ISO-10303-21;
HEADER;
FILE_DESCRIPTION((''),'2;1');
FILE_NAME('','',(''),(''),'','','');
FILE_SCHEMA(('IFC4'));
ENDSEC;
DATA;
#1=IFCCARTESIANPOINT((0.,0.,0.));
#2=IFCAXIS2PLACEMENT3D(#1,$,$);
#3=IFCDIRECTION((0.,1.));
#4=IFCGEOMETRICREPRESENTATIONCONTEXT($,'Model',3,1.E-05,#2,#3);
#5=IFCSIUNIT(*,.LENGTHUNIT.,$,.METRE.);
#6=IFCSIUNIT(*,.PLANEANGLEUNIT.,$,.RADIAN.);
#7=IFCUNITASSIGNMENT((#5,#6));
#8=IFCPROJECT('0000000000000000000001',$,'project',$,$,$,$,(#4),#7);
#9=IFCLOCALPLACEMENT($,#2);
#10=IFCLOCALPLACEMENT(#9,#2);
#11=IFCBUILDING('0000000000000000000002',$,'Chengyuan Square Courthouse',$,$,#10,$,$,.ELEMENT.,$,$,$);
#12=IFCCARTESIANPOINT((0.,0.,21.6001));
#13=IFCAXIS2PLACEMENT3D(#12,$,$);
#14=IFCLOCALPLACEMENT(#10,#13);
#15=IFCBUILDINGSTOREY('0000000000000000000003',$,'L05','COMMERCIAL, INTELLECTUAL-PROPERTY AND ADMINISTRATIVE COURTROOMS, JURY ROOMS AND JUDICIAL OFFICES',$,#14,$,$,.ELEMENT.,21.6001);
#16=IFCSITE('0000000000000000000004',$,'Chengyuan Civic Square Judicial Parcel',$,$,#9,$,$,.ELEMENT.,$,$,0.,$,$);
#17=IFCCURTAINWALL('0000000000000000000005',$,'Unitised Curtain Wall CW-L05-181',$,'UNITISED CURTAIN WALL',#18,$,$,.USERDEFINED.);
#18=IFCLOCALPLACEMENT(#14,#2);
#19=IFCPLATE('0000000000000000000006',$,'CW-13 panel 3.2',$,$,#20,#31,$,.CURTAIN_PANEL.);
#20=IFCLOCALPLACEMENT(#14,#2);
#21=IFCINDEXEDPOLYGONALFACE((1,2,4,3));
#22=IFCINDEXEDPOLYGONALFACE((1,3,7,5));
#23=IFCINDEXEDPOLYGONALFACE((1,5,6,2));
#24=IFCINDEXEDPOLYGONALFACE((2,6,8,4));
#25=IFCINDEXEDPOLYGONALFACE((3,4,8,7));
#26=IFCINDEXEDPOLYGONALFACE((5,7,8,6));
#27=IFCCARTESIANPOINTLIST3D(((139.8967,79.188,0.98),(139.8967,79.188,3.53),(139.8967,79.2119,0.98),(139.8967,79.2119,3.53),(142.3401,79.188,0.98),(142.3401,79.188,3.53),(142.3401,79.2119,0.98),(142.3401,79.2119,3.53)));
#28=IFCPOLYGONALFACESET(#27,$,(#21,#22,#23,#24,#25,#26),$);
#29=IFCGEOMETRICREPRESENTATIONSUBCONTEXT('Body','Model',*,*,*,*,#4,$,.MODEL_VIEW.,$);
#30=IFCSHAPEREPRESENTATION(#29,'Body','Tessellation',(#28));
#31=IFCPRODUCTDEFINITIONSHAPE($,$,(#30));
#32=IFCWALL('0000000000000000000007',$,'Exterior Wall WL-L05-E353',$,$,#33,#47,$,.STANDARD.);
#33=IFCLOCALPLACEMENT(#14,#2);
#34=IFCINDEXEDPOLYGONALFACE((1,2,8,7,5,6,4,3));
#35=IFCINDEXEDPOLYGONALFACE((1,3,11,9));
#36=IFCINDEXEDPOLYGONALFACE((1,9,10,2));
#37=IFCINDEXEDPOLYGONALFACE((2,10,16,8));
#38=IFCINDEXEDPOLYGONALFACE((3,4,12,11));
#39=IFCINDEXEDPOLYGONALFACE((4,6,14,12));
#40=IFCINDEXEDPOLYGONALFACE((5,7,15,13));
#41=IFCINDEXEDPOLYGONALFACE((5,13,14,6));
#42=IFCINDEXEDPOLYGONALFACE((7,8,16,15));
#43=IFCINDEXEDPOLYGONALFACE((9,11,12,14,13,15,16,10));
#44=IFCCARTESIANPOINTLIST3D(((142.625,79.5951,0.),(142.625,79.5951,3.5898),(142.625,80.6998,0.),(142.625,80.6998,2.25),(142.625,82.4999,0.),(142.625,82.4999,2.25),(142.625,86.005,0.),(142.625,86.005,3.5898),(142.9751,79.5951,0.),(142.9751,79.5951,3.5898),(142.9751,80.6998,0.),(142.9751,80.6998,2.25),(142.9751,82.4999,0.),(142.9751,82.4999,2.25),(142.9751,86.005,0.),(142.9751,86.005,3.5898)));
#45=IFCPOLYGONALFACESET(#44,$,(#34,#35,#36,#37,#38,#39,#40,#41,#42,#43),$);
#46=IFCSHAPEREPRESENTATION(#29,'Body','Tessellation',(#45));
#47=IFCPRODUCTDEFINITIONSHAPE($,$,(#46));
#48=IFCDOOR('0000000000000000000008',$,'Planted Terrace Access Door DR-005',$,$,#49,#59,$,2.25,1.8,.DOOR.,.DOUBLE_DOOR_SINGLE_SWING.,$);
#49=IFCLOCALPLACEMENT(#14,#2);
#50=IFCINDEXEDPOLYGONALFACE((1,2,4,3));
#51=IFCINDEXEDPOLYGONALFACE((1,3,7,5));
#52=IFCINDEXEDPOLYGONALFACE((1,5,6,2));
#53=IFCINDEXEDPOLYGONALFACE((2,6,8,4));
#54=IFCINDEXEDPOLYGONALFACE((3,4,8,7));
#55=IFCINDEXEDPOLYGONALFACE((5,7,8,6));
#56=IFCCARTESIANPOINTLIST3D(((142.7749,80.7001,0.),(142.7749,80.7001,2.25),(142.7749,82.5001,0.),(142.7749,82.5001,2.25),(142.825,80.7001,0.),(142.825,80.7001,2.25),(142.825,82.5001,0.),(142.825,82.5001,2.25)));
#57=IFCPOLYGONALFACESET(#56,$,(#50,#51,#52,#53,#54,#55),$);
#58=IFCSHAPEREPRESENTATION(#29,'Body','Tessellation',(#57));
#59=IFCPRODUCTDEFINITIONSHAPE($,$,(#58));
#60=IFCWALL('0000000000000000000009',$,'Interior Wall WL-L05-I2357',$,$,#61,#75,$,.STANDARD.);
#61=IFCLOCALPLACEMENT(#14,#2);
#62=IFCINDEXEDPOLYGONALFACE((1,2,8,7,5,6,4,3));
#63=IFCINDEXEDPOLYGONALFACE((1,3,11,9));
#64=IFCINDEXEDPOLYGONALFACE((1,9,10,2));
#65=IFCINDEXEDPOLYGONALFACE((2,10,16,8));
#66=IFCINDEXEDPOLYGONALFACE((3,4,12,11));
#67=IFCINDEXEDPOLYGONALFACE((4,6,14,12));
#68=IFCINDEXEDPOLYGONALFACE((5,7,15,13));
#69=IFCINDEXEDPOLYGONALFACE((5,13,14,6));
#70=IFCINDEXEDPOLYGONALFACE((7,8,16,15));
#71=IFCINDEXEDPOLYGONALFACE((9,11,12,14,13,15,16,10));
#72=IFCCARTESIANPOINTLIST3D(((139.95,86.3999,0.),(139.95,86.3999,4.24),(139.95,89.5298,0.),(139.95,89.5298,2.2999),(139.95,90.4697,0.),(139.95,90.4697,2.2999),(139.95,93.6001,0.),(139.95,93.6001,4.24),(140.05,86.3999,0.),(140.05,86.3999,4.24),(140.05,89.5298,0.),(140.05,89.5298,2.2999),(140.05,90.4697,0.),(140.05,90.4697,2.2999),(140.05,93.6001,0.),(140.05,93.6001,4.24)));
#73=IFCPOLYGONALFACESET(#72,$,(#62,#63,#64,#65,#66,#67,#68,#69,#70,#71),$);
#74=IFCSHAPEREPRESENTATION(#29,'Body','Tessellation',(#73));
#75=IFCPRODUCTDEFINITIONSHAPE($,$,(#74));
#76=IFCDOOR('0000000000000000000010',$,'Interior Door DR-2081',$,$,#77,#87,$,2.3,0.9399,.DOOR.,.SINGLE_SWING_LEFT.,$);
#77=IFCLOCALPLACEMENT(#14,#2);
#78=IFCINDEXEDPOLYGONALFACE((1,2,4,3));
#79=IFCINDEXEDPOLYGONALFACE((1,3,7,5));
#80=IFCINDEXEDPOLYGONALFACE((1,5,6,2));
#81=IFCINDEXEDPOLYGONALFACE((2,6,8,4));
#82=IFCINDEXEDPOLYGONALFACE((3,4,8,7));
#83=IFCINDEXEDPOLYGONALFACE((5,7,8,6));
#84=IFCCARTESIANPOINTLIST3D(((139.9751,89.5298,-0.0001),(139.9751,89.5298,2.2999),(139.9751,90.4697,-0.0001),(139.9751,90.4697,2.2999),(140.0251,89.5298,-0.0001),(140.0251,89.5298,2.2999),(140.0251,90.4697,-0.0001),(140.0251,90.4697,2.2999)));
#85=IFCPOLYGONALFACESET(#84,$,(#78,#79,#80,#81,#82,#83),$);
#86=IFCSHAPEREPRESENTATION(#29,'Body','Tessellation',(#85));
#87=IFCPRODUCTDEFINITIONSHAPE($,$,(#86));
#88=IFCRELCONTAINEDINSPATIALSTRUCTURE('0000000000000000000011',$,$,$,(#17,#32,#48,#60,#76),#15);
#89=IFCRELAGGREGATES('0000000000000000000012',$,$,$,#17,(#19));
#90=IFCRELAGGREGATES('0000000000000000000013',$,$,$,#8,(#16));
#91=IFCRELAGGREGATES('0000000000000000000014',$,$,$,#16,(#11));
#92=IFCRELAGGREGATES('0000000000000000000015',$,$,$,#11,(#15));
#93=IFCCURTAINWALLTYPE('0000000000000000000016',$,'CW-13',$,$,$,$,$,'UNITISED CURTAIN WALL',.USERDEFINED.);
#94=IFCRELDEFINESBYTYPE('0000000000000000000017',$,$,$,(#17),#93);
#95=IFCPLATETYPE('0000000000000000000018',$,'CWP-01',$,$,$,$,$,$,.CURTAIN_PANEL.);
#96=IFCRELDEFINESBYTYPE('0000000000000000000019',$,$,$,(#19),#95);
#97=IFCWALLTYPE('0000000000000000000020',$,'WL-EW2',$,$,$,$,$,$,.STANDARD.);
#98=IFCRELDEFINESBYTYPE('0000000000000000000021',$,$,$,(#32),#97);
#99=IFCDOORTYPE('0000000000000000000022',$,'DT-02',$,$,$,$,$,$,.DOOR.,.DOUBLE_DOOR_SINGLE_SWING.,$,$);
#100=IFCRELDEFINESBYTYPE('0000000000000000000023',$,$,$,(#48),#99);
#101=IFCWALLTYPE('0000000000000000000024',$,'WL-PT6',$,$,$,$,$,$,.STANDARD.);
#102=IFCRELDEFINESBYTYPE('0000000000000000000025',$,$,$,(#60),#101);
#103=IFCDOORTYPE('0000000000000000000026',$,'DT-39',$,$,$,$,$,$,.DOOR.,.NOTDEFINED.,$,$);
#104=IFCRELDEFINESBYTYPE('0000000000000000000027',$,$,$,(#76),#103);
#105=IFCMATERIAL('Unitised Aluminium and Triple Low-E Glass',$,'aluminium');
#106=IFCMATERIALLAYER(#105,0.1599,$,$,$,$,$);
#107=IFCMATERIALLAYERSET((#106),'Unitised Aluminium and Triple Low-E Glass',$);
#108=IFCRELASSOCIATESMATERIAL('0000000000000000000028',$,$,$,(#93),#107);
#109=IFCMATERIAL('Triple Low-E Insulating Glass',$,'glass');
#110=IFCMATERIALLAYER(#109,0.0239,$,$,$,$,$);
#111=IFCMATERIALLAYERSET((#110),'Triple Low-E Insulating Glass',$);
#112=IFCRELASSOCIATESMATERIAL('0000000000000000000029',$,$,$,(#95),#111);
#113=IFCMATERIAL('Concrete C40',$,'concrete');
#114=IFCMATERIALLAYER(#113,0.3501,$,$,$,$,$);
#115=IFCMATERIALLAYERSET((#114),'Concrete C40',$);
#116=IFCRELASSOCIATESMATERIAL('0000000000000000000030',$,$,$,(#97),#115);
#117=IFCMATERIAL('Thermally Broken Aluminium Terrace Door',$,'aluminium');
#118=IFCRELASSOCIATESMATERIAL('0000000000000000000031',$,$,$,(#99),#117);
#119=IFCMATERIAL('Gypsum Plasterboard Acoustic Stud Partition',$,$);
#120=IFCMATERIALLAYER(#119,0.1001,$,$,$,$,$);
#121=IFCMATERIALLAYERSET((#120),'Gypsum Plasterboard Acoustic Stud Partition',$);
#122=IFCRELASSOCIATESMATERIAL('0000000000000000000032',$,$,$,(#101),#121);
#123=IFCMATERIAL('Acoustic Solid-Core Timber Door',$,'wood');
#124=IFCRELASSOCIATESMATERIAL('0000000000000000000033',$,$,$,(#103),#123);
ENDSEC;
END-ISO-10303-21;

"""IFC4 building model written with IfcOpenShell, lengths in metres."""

from ifc_helpers import new_model, si_unit, direction, frame, frame_2d, origin, origin_2d, place, context, subcontext, project, spatial, rectangle, extrude, material, layer, layer_set, type_object, element, fill, aggregate, save


model = new_model("IFC4")

# Units and contexts
model_context = context("Model", 3, precision=1e-05, world=origin(), true_north=direction((0.0, 1.0)))
body_context = subcontext(model_context, "Body", "Model", "MODEL_VIEW")
ifc_project = project(units=[si_unit("LENGTHUNIT", "METRE"), si_unit("PLANEANGLEUNIT", "RADIAN")], contexts=[model_context])

# Site, building, storey
site_placement = place(None, origin())
site = spatial("IfcSite", under=ifc_project, at=site_placement, Name="Chengyuan Civic Square Judicial Parcel", CompositionType="ELEMENT", RefElevation=0.0)
building_placement = place(site_placement, origin())
building = spatial("IfcBuilding", under=site, at=building_placement, Name="Chengyuan Square Courthouse", CompositionType="ELEMENT")
storey_placement = place(building_placement, frame((0.0, 0.0, 21.6001)))
storey = spatial("IfcBuildingStorey", under=building, at=storey_placement, Name="L05", Description="COMMERCIAL, INTELLECTUAL-PROPERTY AND ADMINISTRATIVE COURTROOMS, JURY ROOMS AND JUDICIAL OFFICES", CompositionType="ELEMENT", Elevation=21.6001)

# Shared definitions
ifc_material_1 = material(Name="Concrete C40", Category="concrete")

# Curtain wall, plate
ifc_material_2 = material(Name="Unitised Aluminium and Triple Low-E Glass", Category="aluminium")
ifc_layer_1 = layer(ifc_material_2, 0.1599)
ifc_layer_set_1 = layer_set([ifc_layer_1], Name="Unitised Aluminium and Triple Low-E Glass")
curtain_wall_type = type_object("IfcCurtainWallType", Name="CW-13", ElementType="UNITISED CURTAIN WALL", PredefinedType="USERDEFINED", material=ifc_layer_set_1)
curtain_wall_placement = place(storey_placement, origin())
curtain_wall = element("IfcCurtainWall", 1, at=curtain_wall_placement, inside=storey, type_object=curtain_wall_type, Name="Unitised Curtain Wall CW-L05-181", ObjectType="UNITISED CURTAIN WALL", PredefinedType="USERDEFINED")
ifc_material_3 = material(Name="Triple Low-E Insulating Glass", Category="glass")
ifc_layer_2 = layer(ifc_material_3, 0.0239)
ifc_layer_set_2 = layer_set([ifc_layer_2], Name="Triple Low-E Insulating Glass")
plate_type = type_object("IfcPlateType", Name="CWP-01", PredefinedType="CURTAIN_PANEL", material=ifc_layer_set_2)
plate_1_placement = place(storey_placement, frame((141.1184, 79.2, 0.98), z_axis=(0.0, 0.0, 1.0), x_axis=(1.0, 0.0, 0.0)))
plate_1 = element("IfcPlate", 2, at=plate_1_placement, type_object=plate_type, Name="CW-13 panel 3.2", PredefinedType="CURTAIN_PANEL", context=body_context, shape_type="SweptSolid", body=[
    extrude(rectangle(XDim=2.4434, YDim=0.0239, at=origin_2d()), origin(), (0.0, 0.0, 1.0), 2.55),
])
aggregate(curtain_wall, [plate_1])

# Walls, openings, doors
ifc_layer_3 = layer(ifc_material_1, 0.3501)
ifc_layer_set_3 = layer_set([ifc_layer_3], Name="Concrete C40")
wall_type_1 = type_object("IfcWallType", Name="WL-EW2", PredefinedType="STANDARD", material=ifc_layer_set_3)
wall_1_placement = place(storey_placement, frame((142.8, 79.595, 0.0), z_axis=(0.0, 0.0, 1.0), x_axis=(0.0, 1.0, 0.0)))
wall_1 = element("IfcWall", 3, at=wall_1_placement, inside=storey, type_object=wall_type_1, Name="Exterior Wall WL-L05-E353", PredefinedType="STANDARD", context=body_context, shape_type="SweptSolid", body=[
    extrude(rectangle(XDim=6.4099, YDim=0.3501, at=frame_2d((3.2051, 0.0))), origin(), (0.0, 0.0, 1.0), 3.5898),
])
opening_1_placement = place(wall_1_placement, frame((1.105, 0.0, 0.0)))
opening_1 = element("IfcOpeningElement", 4, at=opening_1_placement, cuts=wall_1, PredefinedType="OPENING", context=body_context, shape_type="SweptSolid", body=[
    extrude(rectangle(XDim=1.8, YDim=2.25, at=frame_2d((0.8999, 1.125))), frame((0.0, 0.187, 0.0), z_axis=(0.0, -1.0, 0.0), x_axis=(1.0, 0.0, 0.0)), (0.0, 0.0, 1.0), 0.374),
])
ifc_material_4 = material(Name="Thermally Broken Aluminium Terrace Door", Category="aluminium")
door_type_1 = type_object("IfcDoorType", Name="DT-02", OperationType="DOUBLE_DOOR_SINGLE_SWING", PredefinedType="DOOR", material=ifc_material_4)
door_1_placement = place(opening_1_placement, frame((1.8, 0.0, 0.0), z_axis=(0.0, 0.0, 1.0), x_axis=(-1.0, 0.0, 0.0)))
door_1 = element("IfcDoor", 5, at=door_1_placement, inside=storey, type_object=door_type_1, Name="Planted Terrace Access Door DR-005", OperationType="DOUBLE_DOOR_SINGLE_SWING", OverallHeight=2.25, OverallWidth=1.8, PredefinedType="DOOR", context=body_context, shape_type="SweptSolid", body=[
    extrude(rectangle(XDim=1.8, YDim=2.25, at=frame_2d((0.8999, 1.125))), frame((0.0, 0.0249, 0.0), z_axis=(0.0, -1.0, 0.0), x_axis=(1.0, 0.0, 0.0)), (0.0, 0.0, 1.0), 0.05),
])
fill(opening_1, door_1)
ifc_material_5 = material(Name="Gypsum Plasterboard Acoustic Stud Partition")
ifc_layer_4 = layer(ifc_material_5, 0.1001)
ifc_layer_set_4 = layer_set([ifc_layer_4], Name="Gypsum Plasterboard Acoustic Stud Partition")
wall_type_2 = type_object("IfcWallType", Name="WL-PT6", PredefinedType="STANDARD", material=ifc_layer_set_4)
wall_2_placement = place(storey_placement, frame((140.0, 86.3999, 0.0), z_axis=(0.0, 0.0, 1.0), x_axis=(0.0, 1.0, 0.0)))
wall_2 = element("IfcWall", 6, at=wall_2_placement, inside=storey, type_object=wall_type_2, Name="Interior Wall WL-L05-I2357", PredefinedType="STANDARD", context=body_context, shape_type="SweptSolid", body=[
    extrude(rectangle(XDim=7.2002, YDim=0.1001, at=frame_2d((3.6001, 0.0))), origin(), (0.0, 0.0, 1.0), 4.24),
])
opening_2_placement = place(wall_2_placement, frame((3.1299, 0.0, 0.0)))
opening_2 = element("IfcOpeningElement", 7, at=opening_2_placement, cuts=wall_2, PredefinedType="OPENING", context=body_context, shape_type="SweptSolid", body=[
    extrude(rectangle(XDim=0.9399, YDim=2.3, at=frame_2d((0.47, 1.1499))), frame((0.0, 0.062, 0.0), z_axis=(0.0, -1.0, 0.0), x_axis=(1.0, 0.0, 0.0)), (0.0, 0.0, 1.0), 0.124),
])
ifc_material_6 = material(Name="Acoustic Solid-Core Timber Door", Category="wood")
door_type_2 = type_object("IfcDoorType", Name="DT-39", OperationType="NOTDEFINED", PredefinedType="DOOR", material=ifc_material_6)
door_2_placement = place(opening_2_placement, origin())
door_2 = element("IfcDoor", 8, at=door_2_placement, inside=storey, type_object=door_type_2, Name="Interior Door DR-2081", OperationType="SINGLE_SWING_LEFT", OverallHeight=2.3, OverallWidth=0.9399, PredefinedType="DOOR", context=body_context, shape_type="SweptSolid", body=[
    extrude(rectangle(XDim=0.9399, YDim=2.3, at=frame_2d((0.47, 1.1499))), frame((0.0, 0.0249, 0.0), z_axis=(0.0, -1.0, 0.0), x_axis=(1.0, 0.0, 0.0)), (0.0, 0.0, 1.0), 0.05),
])
fill(opening_2, door_2)

save(model, "model.ifc")
